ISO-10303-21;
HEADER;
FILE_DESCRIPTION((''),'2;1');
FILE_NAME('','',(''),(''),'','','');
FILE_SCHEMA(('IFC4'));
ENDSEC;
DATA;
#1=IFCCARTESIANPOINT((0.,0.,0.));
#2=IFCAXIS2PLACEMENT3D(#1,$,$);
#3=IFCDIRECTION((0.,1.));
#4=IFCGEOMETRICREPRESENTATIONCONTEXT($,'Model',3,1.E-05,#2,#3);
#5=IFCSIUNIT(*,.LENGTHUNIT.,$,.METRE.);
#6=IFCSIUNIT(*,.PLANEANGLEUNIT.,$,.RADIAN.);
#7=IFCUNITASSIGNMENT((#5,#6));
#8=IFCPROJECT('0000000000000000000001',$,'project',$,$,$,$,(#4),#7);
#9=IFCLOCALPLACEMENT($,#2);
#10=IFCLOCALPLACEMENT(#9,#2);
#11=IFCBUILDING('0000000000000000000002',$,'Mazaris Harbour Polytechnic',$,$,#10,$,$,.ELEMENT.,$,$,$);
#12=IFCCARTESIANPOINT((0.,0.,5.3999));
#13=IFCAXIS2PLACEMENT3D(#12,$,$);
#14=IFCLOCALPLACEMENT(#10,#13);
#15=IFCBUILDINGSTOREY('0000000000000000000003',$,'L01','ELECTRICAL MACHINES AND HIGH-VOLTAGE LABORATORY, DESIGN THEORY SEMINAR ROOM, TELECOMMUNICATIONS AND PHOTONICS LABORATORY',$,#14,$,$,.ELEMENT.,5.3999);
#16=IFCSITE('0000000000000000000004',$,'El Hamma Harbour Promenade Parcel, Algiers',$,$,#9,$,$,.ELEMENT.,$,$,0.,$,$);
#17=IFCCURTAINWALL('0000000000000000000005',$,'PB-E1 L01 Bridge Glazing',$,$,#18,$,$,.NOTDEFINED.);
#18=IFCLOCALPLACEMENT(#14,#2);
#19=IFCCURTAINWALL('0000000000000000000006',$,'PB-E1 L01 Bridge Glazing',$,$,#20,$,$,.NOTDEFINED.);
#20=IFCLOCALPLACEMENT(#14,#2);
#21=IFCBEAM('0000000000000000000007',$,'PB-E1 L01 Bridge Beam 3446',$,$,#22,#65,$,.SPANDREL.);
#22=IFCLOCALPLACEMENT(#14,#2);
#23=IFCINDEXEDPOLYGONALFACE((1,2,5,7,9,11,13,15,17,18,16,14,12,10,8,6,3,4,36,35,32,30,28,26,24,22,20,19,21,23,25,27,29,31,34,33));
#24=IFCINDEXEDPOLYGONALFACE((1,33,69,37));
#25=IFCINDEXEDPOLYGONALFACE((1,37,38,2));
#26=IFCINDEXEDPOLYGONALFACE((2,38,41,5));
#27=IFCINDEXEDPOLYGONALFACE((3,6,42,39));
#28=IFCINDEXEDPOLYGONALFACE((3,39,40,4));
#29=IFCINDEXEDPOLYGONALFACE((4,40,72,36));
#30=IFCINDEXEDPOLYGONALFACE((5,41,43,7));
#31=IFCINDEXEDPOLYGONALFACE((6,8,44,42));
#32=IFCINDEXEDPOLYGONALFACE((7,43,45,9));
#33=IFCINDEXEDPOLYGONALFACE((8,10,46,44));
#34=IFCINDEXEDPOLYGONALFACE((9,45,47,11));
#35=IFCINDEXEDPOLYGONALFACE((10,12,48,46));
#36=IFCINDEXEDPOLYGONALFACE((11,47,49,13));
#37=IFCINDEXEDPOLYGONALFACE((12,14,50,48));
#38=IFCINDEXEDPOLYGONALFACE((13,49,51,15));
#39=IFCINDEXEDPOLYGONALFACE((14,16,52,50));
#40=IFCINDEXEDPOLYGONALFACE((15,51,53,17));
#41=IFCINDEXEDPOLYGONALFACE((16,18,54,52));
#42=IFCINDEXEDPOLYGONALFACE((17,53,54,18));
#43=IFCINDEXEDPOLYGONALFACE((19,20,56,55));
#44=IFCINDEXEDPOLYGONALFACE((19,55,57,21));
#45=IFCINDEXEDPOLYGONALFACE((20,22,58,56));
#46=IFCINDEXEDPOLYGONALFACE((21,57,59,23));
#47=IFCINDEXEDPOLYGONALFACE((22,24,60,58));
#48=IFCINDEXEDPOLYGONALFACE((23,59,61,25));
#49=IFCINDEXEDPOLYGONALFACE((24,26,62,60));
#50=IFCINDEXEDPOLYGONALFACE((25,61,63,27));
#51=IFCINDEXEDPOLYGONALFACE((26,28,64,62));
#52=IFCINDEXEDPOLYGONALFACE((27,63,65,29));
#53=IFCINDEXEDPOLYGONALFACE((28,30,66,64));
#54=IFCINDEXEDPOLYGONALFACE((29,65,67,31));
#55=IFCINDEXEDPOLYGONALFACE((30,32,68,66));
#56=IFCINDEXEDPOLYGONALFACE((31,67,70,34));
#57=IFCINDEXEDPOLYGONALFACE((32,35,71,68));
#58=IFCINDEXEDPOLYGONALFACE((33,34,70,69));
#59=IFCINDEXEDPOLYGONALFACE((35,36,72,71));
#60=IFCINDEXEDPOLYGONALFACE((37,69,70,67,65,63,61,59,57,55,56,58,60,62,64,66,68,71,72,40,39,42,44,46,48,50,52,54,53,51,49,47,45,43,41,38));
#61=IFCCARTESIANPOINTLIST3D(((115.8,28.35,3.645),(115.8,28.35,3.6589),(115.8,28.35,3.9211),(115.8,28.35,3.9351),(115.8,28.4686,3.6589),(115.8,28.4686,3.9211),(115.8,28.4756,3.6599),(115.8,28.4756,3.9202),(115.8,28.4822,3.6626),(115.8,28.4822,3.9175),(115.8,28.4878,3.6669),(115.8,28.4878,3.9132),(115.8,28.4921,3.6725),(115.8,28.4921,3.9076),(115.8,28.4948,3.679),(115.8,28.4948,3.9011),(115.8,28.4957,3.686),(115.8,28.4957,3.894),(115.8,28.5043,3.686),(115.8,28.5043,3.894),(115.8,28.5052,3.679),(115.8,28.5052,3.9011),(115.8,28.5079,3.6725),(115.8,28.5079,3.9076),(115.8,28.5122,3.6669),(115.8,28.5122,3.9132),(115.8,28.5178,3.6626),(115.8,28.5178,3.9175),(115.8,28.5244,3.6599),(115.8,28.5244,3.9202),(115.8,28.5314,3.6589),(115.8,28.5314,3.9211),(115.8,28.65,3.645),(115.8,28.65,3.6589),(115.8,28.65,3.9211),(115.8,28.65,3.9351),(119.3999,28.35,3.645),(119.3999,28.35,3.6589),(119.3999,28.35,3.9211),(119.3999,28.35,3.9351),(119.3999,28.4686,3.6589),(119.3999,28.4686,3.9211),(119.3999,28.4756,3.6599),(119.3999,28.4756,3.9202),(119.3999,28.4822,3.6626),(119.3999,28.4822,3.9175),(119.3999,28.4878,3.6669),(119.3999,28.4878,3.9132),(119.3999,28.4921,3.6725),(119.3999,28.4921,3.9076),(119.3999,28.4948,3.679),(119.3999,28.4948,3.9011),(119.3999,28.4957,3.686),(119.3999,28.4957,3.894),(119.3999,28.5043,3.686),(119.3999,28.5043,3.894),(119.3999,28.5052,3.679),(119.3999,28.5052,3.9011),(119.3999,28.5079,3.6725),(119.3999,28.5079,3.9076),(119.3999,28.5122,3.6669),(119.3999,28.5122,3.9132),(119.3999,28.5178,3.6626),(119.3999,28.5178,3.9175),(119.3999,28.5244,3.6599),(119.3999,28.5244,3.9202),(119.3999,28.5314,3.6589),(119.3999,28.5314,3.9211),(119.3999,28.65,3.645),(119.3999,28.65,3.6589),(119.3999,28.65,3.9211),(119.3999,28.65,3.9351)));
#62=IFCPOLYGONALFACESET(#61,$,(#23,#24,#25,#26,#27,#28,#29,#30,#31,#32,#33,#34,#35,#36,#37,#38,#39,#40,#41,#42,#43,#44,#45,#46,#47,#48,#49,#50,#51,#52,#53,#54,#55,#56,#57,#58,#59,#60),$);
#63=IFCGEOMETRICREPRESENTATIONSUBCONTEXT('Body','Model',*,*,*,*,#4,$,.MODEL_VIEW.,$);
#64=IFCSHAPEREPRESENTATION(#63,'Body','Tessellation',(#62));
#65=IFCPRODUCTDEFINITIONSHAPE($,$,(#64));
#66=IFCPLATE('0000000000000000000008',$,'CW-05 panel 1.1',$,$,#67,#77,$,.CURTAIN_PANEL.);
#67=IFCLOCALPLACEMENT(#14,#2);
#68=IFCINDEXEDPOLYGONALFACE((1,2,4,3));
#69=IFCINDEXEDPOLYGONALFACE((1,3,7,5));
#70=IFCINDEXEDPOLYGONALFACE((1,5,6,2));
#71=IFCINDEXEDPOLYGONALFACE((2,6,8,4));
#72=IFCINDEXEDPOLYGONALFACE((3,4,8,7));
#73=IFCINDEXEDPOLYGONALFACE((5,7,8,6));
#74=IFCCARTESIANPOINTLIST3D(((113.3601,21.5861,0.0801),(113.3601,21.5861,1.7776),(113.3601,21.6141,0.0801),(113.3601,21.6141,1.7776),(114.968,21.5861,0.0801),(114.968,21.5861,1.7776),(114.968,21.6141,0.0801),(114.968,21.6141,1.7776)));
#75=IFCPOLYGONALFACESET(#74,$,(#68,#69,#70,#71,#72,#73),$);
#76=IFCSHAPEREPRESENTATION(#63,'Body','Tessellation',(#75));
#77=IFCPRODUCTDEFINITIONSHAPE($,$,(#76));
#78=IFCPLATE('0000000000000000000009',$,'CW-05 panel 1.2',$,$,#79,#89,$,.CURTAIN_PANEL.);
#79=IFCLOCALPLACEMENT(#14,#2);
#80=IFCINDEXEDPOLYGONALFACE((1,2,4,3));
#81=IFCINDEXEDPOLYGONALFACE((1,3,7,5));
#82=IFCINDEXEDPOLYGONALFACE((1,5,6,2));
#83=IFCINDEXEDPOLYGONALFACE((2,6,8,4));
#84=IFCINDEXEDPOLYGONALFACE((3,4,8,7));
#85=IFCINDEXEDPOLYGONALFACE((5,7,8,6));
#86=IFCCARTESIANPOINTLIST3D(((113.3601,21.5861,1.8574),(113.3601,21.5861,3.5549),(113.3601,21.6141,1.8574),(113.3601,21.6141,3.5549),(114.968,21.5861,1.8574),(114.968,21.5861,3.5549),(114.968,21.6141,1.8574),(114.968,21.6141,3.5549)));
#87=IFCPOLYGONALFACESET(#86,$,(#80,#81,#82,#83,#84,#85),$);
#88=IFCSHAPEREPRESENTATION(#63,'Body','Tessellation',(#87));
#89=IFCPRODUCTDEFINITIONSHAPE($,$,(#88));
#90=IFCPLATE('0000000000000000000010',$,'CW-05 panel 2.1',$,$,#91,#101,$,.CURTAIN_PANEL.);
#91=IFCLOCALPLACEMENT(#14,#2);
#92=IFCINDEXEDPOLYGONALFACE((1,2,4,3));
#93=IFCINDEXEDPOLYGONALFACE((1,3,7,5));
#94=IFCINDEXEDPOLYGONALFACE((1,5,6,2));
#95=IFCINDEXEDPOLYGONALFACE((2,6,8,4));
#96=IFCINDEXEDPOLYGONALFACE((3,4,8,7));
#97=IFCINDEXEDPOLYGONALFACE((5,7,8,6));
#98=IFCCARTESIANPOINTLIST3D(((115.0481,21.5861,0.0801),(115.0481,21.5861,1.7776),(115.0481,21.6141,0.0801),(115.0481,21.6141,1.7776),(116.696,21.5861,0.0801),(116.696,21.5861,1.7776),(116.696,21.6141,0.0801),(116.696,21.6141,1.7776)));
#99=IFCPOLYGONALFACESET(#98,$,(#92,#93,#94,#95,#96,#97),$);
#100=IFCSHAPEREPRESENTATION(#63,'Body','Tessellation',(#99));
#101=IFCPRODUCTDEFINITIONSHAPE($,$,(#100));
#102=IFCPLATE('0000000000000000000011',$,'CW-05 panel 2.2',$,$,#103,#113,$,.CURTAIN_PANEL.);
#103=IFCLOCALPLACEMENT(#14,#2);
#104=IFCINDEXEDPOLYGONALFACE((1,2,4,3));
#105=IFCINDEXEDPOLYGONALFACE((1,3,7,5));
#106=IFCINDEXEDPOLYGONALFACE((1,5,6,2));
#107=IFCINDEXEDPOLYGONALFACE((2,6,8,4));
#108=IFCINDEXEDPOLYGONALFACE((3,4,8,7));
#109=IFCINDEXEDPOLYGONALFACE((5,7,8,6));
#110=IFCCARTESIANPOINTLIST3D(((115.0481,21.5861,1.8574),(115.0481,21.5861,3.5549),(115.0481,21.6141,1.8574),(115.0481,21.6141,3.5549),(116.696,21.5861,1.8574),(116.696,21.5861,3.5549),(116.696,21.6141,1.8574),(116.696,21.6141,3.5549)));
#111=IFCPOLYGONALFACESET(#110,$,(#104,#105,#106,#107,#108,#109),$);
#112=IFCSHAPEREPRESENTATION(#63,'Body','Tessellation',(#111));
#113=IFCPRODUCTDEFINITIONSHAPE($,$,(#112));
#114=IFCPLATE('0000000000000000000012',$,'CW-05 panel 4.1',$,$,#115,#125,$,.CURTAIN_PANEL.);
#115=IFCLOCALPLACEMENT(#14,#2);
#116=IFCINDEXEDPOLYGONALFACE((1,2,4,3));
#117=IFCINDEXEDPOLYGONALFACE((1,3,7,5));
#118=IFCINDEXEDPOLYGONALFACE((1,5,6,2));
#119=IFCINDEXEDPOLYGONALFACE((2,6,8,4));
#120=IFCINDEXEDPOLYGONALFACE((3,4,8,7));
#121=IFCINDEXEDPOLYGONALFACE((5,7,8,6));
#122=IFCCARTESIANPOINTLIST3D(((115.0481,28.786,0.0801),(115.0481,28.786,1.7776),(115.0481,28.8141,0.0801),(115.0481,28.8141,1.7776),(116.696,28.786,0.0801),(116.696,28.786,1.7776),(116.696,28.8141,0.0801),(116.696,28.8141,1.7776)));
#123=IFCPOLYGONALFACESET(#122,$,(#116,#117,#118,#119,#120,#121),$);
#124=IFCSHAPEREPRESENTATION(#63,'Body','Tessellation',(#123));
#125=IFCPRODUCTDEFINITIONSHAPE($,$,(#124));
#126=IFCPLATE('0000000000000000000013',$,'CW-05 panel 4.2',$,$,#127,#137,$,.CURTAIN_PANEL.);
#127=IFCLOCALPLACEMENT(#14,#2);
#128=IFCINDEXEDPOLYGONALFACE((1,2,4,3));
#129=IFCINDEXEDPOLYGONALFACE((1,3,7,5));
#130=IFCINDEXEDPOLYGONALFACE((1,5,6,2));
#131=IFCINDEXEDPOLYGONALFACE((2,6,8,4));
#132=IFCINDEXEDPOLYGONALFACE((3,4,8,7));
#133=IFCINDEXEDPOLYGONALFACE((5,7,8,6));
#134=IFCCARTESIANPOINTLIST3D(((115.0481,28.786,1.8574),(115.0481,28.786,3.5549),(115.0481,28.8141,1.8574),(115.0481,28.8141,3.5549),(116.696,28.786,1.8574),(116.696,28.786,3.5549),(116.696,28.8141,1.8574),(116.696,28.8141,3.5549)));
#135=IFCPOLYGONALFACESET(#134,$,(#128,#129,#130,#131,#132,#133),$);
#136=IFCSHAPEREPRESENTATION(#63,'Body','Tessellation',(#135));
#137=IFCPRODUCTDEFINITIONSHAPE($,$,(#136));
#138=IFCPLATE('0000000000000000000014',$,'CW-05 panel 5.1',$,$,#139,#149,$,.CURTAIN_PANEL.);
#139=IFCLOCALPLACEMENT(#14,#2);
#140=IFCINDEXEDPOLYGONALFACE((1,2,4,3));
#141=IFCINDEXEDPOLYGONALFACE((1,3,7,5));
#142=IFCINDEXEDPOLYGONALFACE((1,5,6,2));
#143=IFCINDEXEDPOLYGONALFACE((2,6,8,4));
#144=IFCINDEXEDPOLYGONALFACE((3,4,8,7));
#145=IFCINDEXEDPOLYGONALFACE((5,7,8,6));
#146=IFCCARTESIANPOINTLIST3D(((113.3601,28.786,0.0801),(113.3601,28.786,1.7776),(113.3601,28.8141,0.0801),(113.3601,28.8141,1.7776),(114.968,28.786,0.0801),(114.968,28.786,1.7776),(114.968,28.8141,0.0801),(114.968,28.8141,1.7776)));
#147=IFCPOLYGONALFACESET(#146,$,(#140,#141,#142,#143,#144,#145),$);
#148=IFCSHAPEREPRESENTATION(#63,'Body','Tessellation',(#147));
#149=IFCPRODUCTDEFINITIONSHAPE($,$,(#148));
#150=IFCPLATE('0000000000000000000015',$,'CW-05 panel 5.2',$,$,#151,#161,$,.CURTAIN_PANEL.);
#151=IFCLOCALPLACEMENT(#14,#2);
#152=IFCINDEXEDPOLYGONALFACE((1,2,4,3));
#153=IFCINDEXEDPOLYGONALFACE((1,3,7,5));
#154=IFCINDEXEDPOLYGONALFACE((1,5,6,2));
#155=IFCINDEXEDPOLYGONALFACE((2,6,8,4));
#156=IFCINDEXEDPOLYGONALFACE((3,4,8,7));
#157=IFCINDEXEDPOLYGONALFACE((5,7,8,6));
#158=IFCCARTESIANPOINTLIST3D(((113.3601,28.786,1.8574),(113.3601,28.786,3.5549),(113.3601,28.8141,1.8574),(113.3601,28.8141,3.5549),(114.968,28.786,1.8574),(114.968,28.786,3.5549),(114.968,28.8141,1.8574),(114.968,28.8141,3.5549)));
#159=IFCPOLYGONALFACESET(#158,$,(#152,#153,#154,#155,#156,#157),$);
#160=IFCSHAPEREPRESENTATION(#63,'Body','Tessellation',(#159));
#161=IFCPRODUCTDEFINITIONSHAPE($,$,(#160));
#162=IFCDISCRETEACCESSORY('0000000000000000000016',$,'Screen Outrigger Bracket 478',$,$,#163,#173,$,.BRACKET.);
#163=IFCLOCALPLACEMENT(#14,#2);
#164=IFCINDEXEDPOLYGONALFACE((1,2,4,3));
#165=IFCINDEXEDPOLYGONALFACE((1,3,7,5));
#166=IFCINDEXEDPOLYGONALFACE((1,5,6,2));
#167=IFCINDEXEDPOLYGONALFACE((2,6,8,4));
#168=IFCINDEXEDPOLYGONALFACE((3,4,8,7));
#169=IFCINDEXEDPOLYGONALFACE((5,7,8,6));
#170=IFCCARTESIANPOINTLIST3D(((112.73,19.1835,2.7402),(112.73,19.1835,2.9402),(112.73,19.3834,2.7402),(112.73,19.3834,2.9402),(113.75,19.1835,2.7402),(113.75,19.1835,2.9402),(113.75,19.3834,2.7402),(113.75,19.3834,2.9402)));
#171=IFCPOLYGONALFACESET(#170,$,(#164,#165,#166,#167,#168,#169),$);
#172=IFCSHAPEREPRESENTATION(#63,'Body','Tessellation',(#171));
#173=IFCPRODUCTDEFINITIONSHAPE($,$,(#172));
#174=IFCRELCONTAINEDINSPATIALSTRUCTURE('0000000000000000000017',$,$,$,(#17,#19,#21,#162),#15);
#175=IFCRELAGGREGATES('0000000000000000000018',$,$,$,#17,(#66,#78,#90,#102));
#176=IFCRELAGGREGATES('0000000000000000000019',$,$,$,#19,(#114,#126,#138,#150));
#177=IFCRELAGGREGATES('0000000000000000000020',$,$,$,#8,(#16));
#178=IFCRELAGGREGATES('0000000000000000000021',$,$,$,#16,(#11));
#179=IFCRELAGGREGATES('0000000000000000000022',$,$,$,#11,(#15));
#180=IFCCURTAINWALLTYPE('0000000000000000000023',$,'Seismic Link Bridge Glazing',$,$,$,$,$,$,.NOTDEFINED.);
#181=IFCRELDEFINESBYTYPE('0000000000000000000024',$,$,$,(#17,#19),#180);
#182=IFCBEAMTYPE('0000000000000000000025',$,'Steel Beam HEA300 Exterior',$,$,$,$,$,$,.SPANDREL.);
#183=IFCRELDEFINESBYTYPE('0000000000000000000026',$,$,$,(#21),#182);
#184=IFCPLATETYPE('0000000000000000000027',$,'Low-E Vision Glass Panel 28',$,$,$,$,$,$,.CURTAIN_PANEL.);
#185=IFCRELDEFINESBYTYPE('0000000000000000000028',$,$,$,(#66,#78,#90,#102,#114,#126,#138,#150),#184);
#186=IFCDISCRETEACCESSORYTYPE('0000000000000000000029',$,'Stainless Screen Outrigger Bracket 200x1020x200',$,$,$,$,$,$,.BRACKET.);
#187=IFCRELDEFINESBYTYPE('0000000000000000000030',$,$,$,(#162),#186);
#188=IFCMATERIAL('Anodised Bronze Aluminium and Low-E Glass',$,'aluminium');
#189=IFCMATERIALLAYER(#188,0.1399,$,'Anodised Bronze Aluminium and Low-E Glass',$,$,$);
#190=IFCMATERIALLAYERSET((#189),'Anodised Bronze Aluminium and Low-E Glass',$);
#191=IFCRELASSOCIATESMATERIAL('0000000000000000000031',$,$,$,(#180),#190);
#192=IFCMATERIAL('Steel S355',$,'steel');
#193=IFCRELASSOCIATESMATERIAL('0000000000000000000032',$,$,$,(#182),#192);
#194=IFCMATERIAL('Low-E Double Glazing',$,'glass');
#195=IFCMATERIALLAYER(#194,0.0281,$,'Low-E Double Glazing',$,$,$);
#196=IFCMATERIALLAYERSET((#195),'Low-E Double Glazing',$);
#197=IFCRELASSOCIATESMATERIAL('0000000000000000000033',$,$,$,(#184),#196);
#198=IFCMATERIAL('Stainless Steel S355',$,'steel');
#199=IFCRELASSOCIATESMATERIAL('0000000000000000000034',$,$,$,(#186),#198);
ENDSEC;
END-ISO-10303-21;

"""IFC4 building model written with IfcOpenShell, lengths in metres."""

from ifc_helpers import new_model, si_unit, direction, frame, origin, origin_2d, place, context, subcontext, project, spatial, rectangle, i_section, extrude, material, layer, layer_set, material_profile, profile_set, type_object, element, aggregate, save


model = new_model("IFC4")

# Units and contexts
model_context = context("Model", 3, precision=1e-05, world=origin(), true_north=direction((0.0, 1.0)))
body_context = subcontext(model_context, "Body", "Model", "MODEL_VIEW")
ifc_project = project(units=[si_unit("LENGTHUNIT", "METRE"), si_unit("PLANEANGLEUNIT", "RADIAN")], contexts=[model_context])

# Site, building, storey
site_placement = place(None, origin())
site = spatial("IfcSite", under=ifc_project, at=site_placement, Name="El Hamma Harbour Promenade Parcel, Algiers", CompositionType="ELEMENT", RefElevation=0.0)
building_placement = place(site_placement, origin())
building = spatial("IfcBuilding", under=site, at=building_placement, Name="Mazaris Harbour Polytechnic", CompositionType="ELEMENT")
storey_placement = place(building_placement, frame((0.0, 0.0, 5.3999)))
storey = spatial("IfcBuildingStorey", under=building, at=storey_placement, Name="L01", Description="ELECTRICAL MACHINES AND HIGH-VOLTAGE LABORATORY, DESIGN THEORY SEMINAR ROOM, TELECOMMUNICATIONS AND PHOTONICS LABORATORY", CompositionType="ELEMENT", Elevation=5.3999)

# Curtain walls
ifc_material_1 = material(Name="Anodised Bronze Aluminium and Low-E Glass", Category="aluminium")
ifc_layer_1 = layer(ifc_material_1, 0.1399, Name="Anodised Bronze Aluminium and Low-E Glass")
ifc_layer_set_1 = layer_set([ifc_layer_1], Name="Anodised Bronze Aluminium and Low-E Glass")
curtain_wall_type = type_object("IfcCurtainWallType", Name="Seismic Link Bridge Glazing", PredefinedType="NOTDEFINED", material=ifc_layer_set_1)
curtain_wall_1_placement = place(storey_placement, origin())
curtain_wall_1 = element("IfcCurtainWall", 1, at=curtain_wall_1_placement, inside=storey, type_object=curtain_wall_type, Name="PB-E1 L01 Bridge Glazing", PredefinedType="NOTDEFINED")
curtain_wall_2_placement = place(storey_placement, origin())
curtain_wall_2 = element("IfcCurtainWall", 2, at=curtain_wall_2_placement, inside=storey, type_object=curtain_wall_type, Name="PB-E1 L01 Bridge Glazing", PredefinedType="NOTDEFINED")

# Beam
ifc_material_2 = material(Name="Steel S355", Category="steel")
ifc_material_profile_1 = material_profile(ifc_material_2, i_section(OverallWidth=0.3, OverallDepth=0.29, WebThickness=0.0085, FlangeThickness=0.0139, FilletRadius=0.0271, at=origin_2d()), Name="HEA 300")
ifc_profile_set_1 = profile_set([ifc_material_profile_1], Name="Steel S355")
beam_type = type_object("IfcBeamType", Name="Steel Beam HEA300 Exterior", PredefinedType="SPANDREL", material=ifc_profile_set_1)
beam_1_placement = place(storey_placement, frame((115.8, 28.5, 3.79), z_axis=(1.0, 0.0, 0.0), x_axis=(0.0, 1.0, 0.0)))
element("IfcBeam", 3, at=beam_1_placement, inside=storey, type_object=beam_type, Name="PB-E1 L01 Bridge Beam 3446", PredefinedType="SPANDREL", context=body_context, shape_type="SweptSolid", body=[
    extrude(i_section(OverallWidth=0.3, OverallDepth=0.29, WebThickness=0.0085, FlangeThickness=0.0139, FilletRadius=0.0271, at=origin_2d()), origin(), (0.0, 0.0, 1.0), 3.5999),
])

# Plates
ifc_material_3 = material(Name="Low-E Double Glazing", Category="glass")
ifc_layer_2 = layer(ifc_material_3, 0.0281, Name="Low-E Double Glazing")
ifc_layer_set_2 = layer_set([ifc_layer_2], Name="Low-E Double Glazing")
plate_type = type_object("IfcPlateType", Name="Low-E Vision Glass Panel 28", PredefinedType="CURTAIN_PANEL", material=ifc_layer_set_2)
plate_1_placement = place(storey_placement, frame((114.1641, 21.6001, 0.0801), z_axis=(0.0, 0.0, 1.0), x_axis=(1.0, 0.0, 0.0)))
plate_1 = element("IfcPlate", 4, at=plate_1_placement, type_object=plate_type, Name="CW-05 panel 1.1", PredefinedType="CURTAIN_PANEL", context=body_context, shape_type="SweptSolid", body=[
    extrude(rectangle(XDim=1.6079, YDim=0.0281, at=origin_2d()), origin(), (0.0, 0.0, 1.0), 1.6975),
])
plate_2_placement = place(storey_placement, frame((114.1641, 21.6001, 1.8574), z_axis=(0.0, 0.0, 1.0), x_axis=(1.0, 0.0, 0.0)))
plate_2 = element("IfcPlate", 5, at=plate_2_placement, type_object=plate_type, Name="CW-05 panel 1.2", PredefinedType="CURTAIN_PANEL", context=body_context, shape_type="SweptSolid", body=[
    extrude(rectangle(XDim=1.6079, YDim=0.0281, at=origin_2d()), origin(), (0.0, 0.0, 1.0), 1.6975),
])
plate_3_placement = place(storey_placement, frame((115.8721, 21.6001, 0.0801), z_axis=(0.0, 0.0, 1.0), x_axis=(1.0, 0.0, 0.0)))
plate_3 = element("IfcPlate", 6, at=plate_3_placement, type_object=plate_type, Name="CW-05 panel 2.1", PredefinedType="CURTAIN_PANEL", context=body_context, shape_type="SweptSolid", body=[
    extrude(rectangle(XDim=1.6479, YDim=0.0281, at=origin_2d()), origin(), (0.0, 0.0, 1.0), 1.6975),
])
plate_4_placement = place(storey_placement, frame((115.8721, 21.6001, 1.8574), z_axis=(0.0, 0.0, 1.0), x_axis=(1.0, 0.0, 0.0)))
plate_4 = element("IfcPlate", 7, at=plate_4_placement, type_object=plate_type, Name="CW-05 panel 2.2", PredefinedType="CURTAIN_PANEL", context=body_context, shape_type="SweptSolid", body=[
    extrude(rectangle(XDim=1.6479, YDim=0.0281, at=origin_2d()), origin(), (0.0, 0.0, 1.0), 1.6975),
])
aggregate(curtain_wall_1, [plate_1, plate_2, plate_3, plate_4])
plate_5_placement = place(storey_placement, frame((115.8721, 28.8, 0.0801), z_axis=(0.0, 0.0, 1.0), x_axis=(-1.0, 0.0, 0.0)))
plate_5 = element("IfcPlate", 8, at=plate_5_placement, type_object=plate_type, Name="CW-05 panel 4.1", PredefinedType="CURTAIN_PANEL", context=body_context, shape_type="SweptSolid", body=[
    extrude(rectangle(XDim=1.6479, YDim=0.0281, at=origin_2d()), origin(), (0.0, 0.0, 1.0), 1.6975),
])
plate_6_placement = place(storey_placement, frame((115.8721, 28.8, 1.8574), z_axis=(0.0, 0.0, 1.0), x_axis=(-1.0, 0.0, 0.0)))
plate_6 = element("IfcPlate", 9, at=plate_6_placement, type_object=plate_type, Name="CW-05 panel 4.2", PredefinedType="CURTAIN_PANEL", context=body_context, shape_type="SweptSolid", body=[
    extrude(rectangle(XDim=1.6479, YDim=0.0281, at=origin_2d()), origin(), (0.0, 0.0, 1.0), 1.6975),
])
plate_7_placement = place(storey_placement, frame((114.1641, 28.8, 0.0801), z_axis=(0.0, 0.0, 1.0), x_axis=(-1.0, 0.0, 0.0)))
plate_7 = element("IfcPlate", 10, at=plate_7_placement, type_object=plate_type, Name="CW-05 panel 5.1", PredefinedType="CURTAIN_PANEL", context=body_context, shape_type="SweptSolid", body=[
    extrude(rectangle(XDim=1.6079, YDim=0.0281, at=origin_2d()), origin(), (0.0, 0.0, 1.0), 1.6975),
])
plate_8_placement = place(storey_placement, frame((114.1641, 28.8, 1.8574), z_axis=(0.0, 0.0, 1.0), x_axis=(-1.0, 0.0, 0.0)))
plate_8 = element("IfcPlate", 11, at=plate_8_placement, type_object=plate_type, Name="CW-05 panel 5.2", PredefinedType="CURTAIN_PANEL", context=body_context, shape_type="SweptSolid", body=[
    extrude(rectangle(XDim=1.6079, YDim=0.0281, at=origin_2d()), origin(), (0.0, 0.0, 1.0), 1.6975),
])
aggregate(curtain_wall_2, [plate_5, plate_6, plate_7, plate_8])

# Discrete accessory
ifc_material_4 = material(Name="Stainless Steel S355", Category="steel")
discrete_accessory_type = type_object("IfcDiscreteAccessoryType", Name="Stainless Screen Outrigger Bracket 200x1020x200", PredefinedType="BRACKET", material=ifc_material_4)
discrete_accessory_placement = place(storey_placement, frame((113.24, 19.2834, 2.7402), z_axis=(0.0, 0.0, 1.0), x_axis=(0.0, -1.0, 0.0)))
element("IfcDiscreteAccessory", 12, at=discrete_accessory_placement, inside=storey, type_object=discrete_accessory_type, Name="Screen Outrigger Bracket 478", PredefinedType="BRACKET", context=body_context, shape_type="SweptSolid", body=[
    extrude(rectangle(XDim=0.2, YDim=1.02, at=origin_2d()), origin(), (0.0, 0.0, 1.0), 0.2),
])

save(model, "model.ifc")
